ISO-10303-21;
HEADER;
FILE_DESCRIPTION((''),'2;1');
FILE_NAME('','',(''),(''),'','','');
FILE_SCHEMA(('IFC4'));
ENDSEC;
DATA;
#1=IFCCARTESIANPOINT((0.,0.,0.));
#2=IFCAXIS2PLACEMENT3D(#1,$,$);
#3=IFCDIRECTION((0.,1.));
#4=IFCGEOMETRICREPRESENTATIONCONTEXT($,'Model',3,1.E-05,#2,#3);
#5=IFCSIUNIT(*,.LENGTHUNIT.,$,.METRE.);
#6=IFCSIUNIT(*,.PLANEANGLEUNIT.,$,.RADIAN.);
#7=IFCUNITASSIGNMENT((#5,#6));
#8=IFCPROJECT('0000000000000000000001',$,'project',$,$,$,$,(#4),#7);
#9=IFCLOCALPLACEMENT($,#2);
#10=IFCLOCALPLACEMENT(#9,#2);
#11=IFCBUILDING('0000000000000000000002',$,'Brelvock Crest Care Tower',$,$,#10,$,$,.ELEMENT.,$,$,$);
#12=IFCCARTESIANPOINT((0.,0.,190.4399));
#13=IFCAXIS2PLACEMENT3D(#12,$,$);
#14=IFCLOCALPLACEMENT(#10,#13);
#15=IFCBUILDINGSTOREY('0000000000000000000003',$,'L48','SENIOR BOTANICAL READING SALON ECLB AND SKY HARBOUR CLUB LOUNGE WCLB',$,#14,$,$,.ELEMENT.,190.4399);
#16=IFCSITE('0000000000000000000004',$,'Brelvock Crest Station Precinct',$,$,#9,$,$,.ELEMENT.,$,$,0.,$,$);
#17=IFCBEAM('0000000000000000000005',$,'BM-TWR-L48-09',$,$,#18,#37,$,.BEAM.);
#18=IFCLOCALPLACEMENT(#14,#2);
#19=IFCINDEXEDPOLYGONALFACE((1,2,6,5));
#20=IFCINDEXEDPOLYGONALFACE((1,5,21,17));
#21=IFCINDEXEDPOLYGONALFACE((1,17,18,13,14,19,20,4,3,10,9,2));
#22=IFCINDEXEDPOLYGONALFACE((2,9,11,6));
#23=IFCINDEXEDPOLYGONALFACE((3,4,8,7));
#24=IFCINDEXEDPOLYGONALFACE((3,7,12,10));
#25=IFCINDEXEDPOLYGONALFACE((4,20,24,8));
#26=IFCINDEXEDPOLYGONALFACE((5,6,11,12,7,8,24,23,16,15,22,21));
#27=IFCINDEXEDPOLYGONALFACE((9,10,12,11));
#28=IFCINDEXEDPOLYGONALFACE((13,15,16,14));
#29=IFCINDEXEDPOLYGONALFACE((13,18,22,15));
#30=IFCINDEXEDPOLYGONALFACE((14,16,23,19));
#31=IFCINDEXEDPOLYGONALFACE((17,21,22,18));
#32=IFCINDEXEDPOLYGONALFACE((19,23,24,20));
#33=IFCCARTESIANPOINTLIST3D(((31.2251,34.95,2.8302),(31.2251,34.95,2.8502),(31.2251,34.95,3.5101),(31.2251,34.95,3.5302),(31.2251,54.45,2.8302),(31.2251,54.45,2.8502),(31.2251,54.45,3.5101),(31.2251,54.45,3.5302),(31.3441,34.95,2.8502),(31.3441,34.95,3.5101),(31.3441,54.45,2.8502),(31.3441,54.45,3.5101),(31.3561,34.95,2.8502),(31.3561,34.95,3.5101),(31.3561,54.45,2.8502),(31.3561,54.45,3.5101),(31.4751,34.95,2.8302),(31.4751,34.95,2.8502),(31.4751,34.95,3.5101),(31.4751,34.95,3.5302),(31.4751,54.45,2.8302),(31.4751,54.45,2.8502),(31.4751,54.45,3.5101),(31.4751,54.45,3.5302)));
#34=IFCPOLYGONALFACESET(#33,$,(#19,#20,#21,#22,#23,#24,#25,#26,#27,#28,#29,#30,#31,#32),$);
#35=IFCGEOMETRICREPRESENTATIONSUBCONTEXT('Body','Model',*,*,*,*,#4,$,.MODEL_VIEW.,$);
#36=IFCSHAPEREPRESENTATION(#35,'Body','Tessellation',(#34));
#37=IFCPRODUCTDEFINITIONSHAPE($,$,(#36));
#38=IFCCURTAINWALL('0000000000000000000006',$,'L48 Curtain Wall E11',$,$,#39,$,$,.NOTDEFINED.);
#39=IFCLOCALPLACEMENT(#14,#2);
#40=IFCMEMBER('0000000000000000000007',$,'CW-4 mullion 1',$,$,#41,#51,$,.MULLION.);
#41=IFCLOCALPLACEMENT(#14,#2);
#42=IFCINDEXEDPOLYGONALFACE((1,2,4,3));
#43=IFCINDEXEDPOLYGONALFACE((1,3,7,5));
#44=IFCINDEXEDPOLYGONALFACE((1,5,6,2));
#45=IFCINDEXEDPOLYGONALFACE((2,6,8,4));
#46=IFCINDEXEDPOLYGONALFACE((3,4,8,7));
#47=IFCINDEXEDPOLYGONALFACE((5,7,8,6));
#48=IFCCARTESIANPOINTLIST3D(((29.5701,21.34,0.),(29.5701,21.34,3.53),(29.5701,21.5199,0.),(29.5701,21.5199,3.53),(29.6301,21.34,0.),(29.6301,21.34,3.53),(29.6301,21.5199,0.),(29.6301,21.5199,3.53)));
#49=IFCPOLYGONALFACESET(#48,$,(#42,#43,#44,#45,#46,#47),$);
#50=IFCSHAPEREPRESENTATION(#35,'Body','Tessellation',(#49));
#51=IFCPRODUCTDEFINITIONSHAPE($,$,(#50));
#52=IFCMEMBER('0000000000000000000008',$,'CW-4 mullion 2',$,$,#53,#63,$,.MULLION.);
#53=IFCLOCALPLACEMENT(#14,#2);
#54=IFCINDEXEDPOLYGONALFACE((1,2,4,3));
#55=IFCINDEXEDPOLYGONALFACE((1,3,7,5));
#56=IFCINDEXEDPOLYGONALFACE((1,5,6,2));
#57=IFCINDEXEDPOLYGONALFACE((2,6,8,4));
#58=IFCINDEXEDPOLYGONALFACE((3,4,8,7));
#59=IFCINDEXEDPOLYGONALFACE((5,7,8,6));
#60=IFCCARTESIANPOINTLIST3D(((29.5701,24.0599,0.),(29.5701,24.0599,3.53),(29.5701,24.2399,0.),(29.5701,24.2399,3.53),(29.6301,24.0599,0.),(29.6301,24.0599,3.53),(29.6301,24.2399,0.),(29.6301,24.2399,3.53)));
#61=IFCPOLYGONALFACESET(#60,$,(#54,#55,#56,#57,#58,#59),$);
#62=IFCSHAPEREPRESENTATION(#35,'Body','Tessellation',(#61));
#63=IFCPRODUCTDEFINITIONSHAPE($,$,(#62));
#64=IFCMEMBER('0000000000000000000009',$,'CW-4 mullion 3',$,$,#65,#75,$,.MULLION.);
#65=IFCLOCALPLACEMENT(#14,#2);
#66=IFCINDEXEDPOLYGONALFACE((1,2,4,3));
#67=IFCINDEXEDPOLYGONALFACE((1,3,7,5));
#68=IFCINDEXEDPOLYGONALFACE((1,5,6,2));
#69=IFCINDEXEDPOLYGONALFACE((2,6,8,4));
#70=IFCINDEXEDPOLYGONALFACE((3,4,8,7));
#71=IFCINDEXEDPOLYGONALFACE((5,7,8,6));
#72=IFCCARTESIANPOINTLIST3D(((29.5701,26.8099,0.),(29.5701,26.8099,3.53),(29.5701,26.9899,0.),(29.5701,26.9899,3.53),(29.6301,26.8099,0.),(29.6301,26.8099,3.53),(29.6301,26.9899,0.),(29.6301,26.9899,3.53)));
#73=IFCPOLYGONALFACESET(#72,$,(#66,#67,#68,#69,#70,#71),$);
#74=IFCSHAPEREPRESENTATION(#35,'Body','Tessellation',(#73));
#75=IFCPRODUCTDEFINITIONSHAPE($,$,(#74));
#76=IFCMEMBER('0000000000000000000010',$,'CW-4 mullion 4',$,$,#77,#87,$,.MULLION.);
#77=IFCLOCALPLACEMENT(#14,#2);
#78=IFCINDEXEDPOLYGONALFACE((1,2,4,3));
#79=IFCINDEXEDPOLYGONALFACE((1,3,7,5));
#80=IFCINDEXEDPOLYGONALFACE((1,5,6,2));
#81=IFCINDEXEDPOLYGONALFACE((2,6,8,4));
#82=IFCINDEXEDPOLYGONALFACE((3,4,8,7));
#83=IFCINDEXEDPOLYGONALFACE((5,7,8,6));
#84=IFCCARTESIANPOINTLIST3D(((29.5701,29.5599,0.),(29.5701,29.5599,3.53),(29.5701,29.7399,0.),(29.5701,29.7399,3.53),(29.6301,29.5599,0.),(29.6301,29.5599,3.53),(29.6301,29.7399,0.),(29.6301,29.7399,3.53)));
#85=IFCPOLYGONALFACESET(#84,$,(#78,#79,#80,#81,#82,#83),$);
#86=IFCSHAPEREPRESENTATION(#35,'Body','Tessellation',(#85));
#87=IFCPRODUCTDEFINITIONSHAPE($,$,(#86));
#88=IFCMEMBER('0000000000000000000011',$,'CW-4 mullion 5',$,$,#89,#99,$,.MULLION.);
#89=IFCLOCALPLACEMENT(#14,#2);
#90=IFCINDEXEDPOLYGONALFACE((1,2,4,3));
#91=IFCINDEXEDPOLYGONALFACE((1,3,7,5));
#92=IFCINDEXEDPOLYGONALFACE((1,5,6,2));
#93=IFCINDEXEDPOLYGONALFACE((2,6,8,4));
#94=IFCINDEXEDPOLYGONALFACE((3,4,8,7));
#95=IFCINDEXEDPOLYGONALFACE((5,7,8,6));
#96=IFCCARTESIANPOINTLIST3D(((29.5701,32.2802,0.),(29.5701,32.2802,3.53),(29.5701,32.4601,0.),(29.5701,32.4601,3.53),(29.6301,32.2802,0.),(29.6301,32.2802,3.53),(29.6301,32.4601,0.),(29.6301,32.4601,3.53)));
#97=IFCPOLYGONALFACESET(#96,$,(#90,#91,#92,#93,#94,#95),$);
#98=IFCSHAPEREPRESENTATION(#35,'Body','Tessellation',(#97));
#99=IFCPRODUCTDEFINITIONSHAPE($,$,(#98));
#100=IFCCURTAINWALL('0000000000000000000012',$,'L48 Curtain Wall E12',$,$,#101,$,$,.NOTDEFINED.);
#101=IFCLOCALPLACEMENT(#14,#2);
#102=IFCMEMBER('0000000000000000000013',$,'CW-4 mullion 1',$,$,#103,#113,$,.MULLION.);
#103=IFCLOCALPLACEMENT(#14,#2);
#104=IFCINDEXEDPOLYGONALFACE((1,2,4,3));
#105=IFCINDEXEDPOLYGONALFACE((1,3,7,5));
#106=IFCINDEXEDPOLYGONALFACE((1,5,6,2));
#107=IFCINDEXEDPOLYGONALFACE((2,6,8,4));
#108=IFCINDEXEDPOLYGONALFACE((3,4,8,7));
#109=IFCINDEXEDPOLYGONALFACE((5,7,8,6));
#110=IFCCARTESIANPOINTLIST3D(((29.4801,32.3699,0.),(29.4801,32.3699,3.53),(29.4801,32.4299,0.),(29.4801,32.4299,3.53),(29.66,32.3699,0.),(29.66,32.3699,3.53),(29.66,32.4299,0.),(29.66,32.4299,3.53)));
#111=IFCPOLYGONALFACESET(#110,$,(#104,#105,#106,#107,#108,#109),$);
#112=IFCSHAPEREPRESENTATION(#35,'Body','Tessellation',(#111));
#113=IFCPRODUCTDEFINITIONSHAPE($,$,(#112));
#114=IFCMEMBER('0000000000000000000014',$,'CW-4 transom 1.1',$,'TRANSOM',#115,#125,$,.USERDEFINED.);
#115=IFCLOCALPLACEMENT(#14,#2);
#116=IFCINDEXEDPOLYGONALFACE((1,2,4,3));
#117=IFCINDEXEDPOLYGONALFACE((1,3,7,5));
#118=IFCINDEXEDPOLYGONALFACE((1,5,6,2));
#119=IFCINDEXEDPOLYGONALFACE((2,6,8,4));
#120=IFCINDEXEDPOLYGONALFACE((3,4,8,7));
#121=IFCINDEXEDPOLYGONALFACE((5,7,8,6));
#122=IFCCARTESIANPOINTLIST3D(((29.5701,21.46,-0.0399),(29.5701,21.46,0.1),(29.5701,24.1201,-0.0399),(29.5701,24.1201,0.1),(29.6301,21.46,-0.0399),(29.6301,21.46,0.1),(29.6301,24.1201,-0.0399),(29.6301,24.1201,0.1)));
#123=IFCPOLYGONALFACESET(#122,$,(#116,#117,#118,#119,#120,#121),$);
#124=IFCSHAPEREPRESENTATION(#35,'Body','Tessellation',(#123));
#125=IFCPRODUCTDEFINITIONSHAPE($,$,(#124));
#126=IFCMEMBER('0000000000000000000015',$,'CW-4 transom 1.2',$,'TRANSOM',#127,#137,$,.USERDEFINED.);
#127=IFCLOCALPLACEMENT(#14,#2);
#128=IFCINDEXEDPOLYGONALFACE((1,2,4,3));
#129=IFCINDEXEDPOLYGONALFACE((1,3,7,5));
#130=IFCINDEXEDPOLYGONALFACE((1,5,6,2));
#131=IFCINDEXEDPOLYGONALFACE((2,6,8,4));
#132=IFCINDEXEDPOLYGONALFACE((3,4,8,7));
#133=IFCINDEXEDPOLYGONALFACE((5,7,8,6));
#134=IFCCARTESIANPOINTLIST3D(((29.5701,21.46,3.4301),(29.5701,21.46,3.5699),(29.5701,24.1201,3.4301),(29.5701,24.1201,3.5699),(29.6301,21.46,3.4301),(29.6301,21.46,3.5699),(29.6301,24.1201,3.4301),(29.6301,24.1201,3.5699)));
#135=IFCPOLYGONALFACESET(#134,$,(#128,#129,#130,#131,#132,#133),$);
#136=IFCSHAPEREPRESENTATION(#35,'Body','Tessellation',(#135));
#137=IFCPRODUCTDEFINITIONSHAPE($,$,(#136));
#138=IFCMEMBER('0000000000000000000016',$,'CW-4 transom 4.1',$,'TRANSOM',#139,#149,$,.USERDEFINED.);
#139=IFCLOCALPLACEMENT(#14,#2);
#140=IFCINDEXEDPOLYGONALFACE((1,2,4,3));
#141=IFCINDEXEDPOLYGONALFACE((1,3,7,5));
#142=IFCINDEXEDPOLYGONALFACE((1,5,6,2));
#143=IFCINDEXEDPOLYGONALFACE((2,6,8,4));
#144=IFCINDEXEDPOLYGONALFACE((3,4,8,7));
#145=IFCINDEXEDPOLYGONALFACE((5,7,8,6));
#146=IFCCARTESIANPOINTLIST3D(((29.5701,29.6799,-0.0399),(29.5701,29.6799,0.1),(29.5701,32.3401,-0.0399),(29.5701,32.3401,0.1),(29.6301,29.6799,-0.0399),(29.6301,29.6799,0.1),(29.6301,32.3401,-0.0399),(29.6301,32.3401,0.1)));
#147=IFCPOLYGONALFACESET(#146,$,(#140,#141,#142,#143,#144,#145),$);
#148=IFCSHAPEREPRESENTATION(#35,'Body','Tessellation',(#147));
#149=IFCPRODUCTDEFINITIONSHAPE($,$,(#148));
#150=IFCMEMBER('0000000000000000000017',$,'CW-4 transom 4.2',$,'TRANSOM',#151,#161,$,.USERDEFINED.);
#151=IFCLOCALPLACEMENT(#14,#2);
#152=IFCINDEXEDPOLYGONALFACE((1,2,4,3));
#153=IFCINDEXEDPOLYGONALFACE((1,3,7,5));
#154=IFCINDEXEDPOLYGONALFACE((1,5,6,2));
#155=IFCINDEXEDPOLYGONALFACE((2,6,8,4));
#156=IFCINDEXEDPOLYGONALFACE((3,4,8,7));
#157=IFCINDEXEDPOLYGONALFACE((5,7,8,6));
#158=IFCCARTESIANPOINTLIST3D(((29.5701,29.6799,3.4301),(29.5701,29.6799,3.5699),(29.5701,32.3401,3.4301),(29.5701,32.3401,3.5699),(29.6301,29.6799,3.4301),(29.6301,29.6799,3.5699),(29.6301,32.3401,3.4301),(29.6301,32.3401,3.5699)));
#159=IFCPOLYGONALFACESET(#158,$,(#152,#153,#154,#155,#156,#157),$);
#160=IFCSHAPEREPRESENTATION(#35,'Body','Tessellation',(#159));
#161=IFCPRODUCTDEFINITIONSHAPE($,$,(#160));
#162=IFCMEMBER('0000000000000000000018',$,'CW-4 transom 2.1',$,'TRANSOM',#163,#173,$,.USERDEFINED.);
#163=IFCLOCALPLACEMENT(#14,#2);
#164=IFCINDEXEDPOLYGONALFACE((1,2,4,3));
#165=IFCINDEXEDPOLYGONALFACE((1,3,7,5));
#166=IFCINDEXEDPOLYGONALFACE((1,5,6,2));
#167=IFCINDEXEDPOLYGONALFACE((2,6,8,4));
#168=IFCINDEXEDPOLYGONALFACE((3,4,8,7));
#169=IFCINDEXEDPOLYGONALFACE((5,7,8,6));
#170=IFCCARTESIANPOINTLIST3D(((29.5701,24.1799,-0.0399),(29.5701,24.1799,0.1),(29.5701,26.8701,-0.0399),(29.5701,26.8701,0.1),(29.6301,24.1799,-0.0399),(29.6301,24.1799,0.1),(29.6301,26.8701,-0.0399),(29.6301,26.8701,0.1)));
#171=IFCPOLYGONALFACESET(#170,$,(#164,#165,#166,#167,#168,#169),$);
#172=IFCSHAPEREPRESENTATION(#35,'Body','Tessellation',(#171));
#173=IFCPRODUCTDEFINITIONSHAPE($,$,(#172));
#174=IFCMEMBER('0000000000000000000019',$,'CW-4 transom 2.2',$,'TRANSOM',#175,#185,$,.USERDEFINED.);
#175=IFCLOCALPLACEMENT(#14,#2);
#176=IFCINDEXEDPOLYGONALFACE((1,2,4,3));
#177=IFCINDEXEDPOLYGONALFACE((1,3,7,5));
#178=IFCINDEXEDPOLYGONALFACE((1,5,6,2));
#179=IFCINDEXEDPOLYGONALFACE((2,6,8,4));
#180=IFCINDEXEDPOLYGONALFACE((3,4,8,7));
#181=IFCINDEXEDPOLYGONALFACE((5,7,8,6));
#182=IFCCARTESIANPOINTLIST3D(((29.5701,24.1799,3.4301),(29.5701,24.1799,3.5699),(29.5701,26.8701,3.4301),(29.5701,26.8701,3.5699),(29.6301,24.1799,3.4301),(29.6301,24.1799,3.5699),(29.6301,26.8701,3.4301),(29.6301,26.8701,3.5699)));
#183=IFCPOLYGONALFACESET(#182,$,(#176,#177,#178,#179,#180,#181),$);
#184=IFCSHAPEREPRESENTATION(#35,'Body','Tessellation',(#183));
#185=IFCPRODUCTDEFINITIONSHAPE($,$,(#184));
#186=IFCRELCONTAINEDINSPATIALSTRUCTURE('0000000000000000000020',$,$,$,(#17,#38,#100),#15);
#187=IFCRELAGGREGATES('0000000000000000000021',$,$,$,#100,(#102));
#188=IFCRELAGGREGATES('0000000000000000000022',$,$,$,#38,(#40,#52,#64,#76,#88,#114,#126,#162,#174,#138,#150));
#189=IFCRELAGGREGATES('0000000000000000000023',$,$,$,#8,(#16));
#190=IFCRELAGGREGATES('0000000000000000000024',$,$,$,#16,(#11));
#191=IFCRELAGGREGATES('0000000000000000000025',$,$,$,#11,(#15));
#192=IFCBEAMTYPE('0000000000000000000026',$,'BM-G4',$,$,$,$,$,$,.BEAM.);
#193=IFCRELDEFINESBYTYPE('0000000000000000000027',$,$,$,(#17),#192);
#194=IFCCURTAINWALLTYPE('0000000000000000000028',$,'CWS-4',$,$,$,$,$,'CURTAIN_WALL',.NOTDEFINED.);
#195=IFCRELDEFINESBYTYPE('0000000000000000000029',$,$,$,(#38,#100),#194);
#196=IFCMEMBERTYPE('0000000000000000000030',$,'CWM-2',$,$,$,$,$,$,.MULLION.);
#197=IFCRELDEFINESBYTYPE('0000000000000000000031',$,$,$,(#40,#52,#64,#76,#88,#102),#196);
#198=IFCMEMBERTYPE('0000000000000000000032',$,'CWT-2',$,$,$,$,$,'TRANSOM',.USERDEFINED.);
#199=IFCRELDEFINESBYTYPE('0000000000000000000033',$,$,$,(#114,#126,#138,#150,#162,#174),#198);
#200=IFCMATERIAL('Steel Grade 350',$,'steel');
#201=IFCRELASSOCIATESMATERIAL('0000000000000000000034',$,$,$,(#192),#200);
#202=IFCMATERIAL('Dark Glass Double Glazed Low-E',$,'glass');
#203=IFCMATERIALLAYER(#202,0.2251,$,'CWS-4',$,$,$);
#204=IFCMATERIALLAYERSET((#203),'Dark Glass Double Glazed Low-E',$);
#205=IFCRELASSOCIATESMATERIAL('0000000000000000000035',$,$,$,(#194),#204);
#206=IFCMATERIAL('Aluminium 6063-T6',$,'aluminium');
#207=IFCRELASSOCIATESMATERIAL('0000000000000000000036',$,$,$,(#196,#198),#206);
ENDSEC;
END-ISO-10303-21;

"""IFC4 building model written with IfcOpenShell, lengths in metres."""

from ifc_helpers import new_model, si_unit, direction, frame, origin, origin_2d, place, context, subcontext, project, spatial, rectangle, i_section, extrude, source, transform, mapped, material, layer, layer_set, material_profile, profile_set, type_object, element, aggregate, save


model = new_model("IFC4")

# Units and contexts
model_context = context("Model", 3, precision=1e-05, world=origin(), true_north=direction((0.0, 1.0)))
body_context = subcontext(model_context, "Body", "Model", "MODEL_VIEW")
ifc_project = project(units=[si_unit("LENGTHUNIT", "METRE"), si_unit("PLANEANGLEUNIT", "RADIAN")], contexts=[model_context])

# Site, building, storey
site_placement = place(None, origin())
site = spatial("IfcSite", under=ifc_project, at=site_placement, Name="Brelvock Crest Station Precinct", CompositionType="ELEMENT", RefElevation=0.0)
building_placement = place(site_placement, origin())
building = spatial("IfcBuilding", under=site, at=building_placement, Name="Brelvock Crest Care Tower", CompositionType="ELEMENT")
storey_placement = place(building_placement, frame((0.0, 0.0, 190.4399)))
storey = spatial("IfcBuildingStorey", under=building, at=storey_placement, Name="L48", Description="SENIOR BOTANICAL READING SALON ECLB AND SKY HARBOUR CLUB LOUNGE WCLB", CompositionType="ELEMENT", Elevation=190.4399)

# Shared definitions
ifc_material_1 = material(Name="Steel Grade 350", Category="steel")

# Beam
ifc_material_profile_1 = material_profile(ifc_material_1, i_section(OverallWidth=0.25, OverallDepth=0.7, WebThickness=0.012, FlangeThickness=0.02, at=origin_2d()), Name="700WB150")
ifc_profile_set_1 = profile_set([ifc_material_profile_1], Name="Steel Grade 350")
beam_type_1 = type_object("IfcBeamType", Name="BM-G4", PredefinedType="BEAM", material=ifc_profile_set_1)
shared_shape_1 = source(origin(), body_context, "Body", "SweptSolid", [
    extrude(i_section(OverallWidth=0.25, OverallDepth=0.7, WebThickness=0.012, FlangeThickness=0.02, at=origin_2d()), origin(), (0.0, 0.0, 1.0), 19.5),
])
beam_1_placement = place(storey_placement, frame((31.3501, 34.95, 3.1802), z_axis=(0.0, 1.0, 0.0), x_axis=(-1.0, 0.0, 0.0)))
element("IfcBeam", 1, at=beam_1_placement, inside=storey, type_object=beam_type_1, Name="BM-TWR-L48-09", PredefinedType="BEAM", context=body_context, shape_type="MappedRepresentation", body=[
    mapped(shared_shape_1, transform((0.0, 0.0, 0.0), x_axis=(1.0, 0.0, 0.0), y_axis=(0.0, 1.0, 0.0), z_axis=(0.0, 0.0, 1.0), scale=1.0)),
])

# Curtain wall, members
ifc_material_2 = material(Name="Dark Glass Double Glazed Low-E", Category="glass")
ifc_layer_1 = layer(ifc_material_2, 0.2251, Name="CWS-4")
ifc_layer_set_1 = layer_set([ifc_layer_1], Name="Dark Glass Double Glazed Low-E")
curtain_wall_type = type_object("IfcCurtainWallType", Name="CWS-4", ElementType="CURTAIN_WALL", PredefinedType="NOTDEFINED", material=ifc_layer_set_1)
curtain_wall_1_placement = place(storey_placement, origin())
curtain_wall_1 = element("IfcCurtainWall", 2, at=curtain_wall_1_placement, inside=storey, type_object=curtain_wall_type, Name="L48 Curtain Wall E11", PredefinedType="NOTDEFINED")
ifc_material_3 = material(Name="Aluminium 6063-T6", Category="aluminium")
ifc_material_profile_2 = material_profile(ifc_material_3, rectangle(XDim=0.0601, YDim=0.1799, at=origin_2d()), Name="ALU60x180")
ifc_profile_set_2 = profile_set([ifc_material_profile_2], Name="Aluminium 6063-T6")
member_type_1 = type_object("IfcMemberType", Name="CWM-2", PredefinedType="MULLION", material=ifc_profile_set_2)
shared_shape_2 = source(origin(), body_context, "Body", "SweptSolid", [
    extrude(rectangle(XDim=0.0601, YDim=0.1799, at=origin_2d()), origin(), (0.0, 0.0, 1.0), 3.53),
])
member_1_placement = place(storey_placement, frame((29.6001, 21.4299, 0.0), z_axis=(0.0, 0.0, 1.0), x_axis=(-1.0, 0.0, 0.0)))
member_1 = element("IfcMember", 3, at=member_1_placement, type_object=member_type_1, Name="CW-4 mullion 1", PredefinedType="MULLION", context=body_context, shape_type="MappedRepresentation", body=[
    mapped(shared_shape_2, transform((0.0, 0.0, 0.0), x_axis=(1.0, 0.0, 0.0), y_axis=(0.0, 1.0, 0.0), z_axis=(0.0, 0.0, 1.0), scale=1.0)),
])
member_2_placement = place(storey_placement, frame((29.6001, 24.1499, 0.0), z_axis=(0.0, 0.0, 1.0), x_axis=(-1.0, 0.0, 0.0)))
member_2 = element("IfcMember", 4, at=member_2_placement, type_object=member_type_1, Name="CW-4 mullion 2", PredefinedType="MULLION", context=body_context, shape_type="MappedRepresentation", body=[
    mapped(shared_shape_2, transform((0.0, 0.0, 0.0), x_axis=(1.0, 0.0, 0.0), y_axis=(0.0, 1.0, 0.0), z_axis=(0.0, 0.0, 1.0), scale=1.0)),
])
member_3_placement = place(storey_placement, frame((29.6001, 26.8999, 0.0), z_axis=(0.0, 0.0, 1.0), x_axis=(-1.0, 0.0, 0.0)))
member_3 = element("IfcMember", 5, at=member_3_placement, type_object=member_type_1, Name="CW-4 mullion 3", PredefinedType="MULLION", context=body_context, shape_type="MappedRepresentation", body=[
    mapped(shared_shape_2, transform((0.0, 0.0, 0.0), x_axis=(1.0, 0.0, 0.0), y_axis=(0.0, 1.0, 0.0), z_axis=(0.0, 0.0, 1.0), scale=1.0)),
])
member_4_placement = place(storey_placement, frame((29.6001, 29.6499, 0.0), z_axis=(0.0, 0.0, 1.0), x_axis=(-1.0, 0.0, 0.0)))
member_4 = element("IfcMember", 6, at=member_4_placement, type_object=member_type_1, Name="CW-4 mullion 4", PredefinedType="MULLION", context=body_context, shape_type="MappedRepresentation", body=[
    mapped(shared_shape_2, transform((0.0, 0.0, 0.0), x_axis=(1.0, 0.0, 0.0), y_axis=(0.0, 1.0, 0.0), z_axis=(0.0, 0.0, 1.0), scale=1.0)),
])
member_5_placement = place(storey_placement, frame((29.6001, 32.3701, 0.0), z_axis=(0.0, 0.0, 1.0), x_axis=(-1.0, 0.0, 0.0)))
member_5 = element("IfcMember", 7, at=member_5_placement, type_object=member_type_1, Name="CW-4 mullion 5", PredefinedType="MULLION", context=body_context, shape_type="MappedRepresentation", body=[
    mapped(shared_shape_2, transform((0.0, 0.0, 0.0), x_axis=(1.0, 0.0, 0.0), y_axis=(0.0, 1.0, 0.0), z_axis=(0.0, 0.0, 1.0), scale=1.0)),
])

# Curtain wall, member
curtain_wall_2_placement = place(storey_placement, origin())
curtain_wall_2 = element("IfcCurtainWall", 8, at=curtain_wall_2_placement, inside=storey, type_object=curtain_wall_type, Name="L48 Curtain Wall E12", PredefinedType="NOTDEFINED")
member_6_placement = place(storey_placement, frame((29.5701, 32.3999, 0.0), z_axis=(0.0, 0.0, 1.0), x_axis=(0.0, -1.0, 0.0)))
member_6 = element("IfcMember", 9, at=member_6_placement, type_object=member_type_1, Name="CW-4 mullion 1", PredefinedType="MULLION", context=body_context, shape_type="MappedRepresentation", body=[
    mapped(shared_shape_2, transform((0.0, 0.0, 0.0), x_axis=(1.0, 0.0, 0.0), y_axis=(0.0, 1.0, 0.0), z_axis=(0.0, 0.0, 1.0), scale=1.0)),
])

# Members
ifc_material_profile_3 = material_profile(ifc_material_3, rectangle(XDim=0.0601, YDim=0.1399, at=origin_2d()), Name="ALU60x140")
ifc_profile_set_3 = profile_set([ifc_material_profile_3], Name="Aluminium 6063-T6")
member_type_2 = type_object("IfcMemberType", Name="CWT-2", ElementType="TRANSOM", PredefinedType="USERDEFINED", material=ifc_profile_set_3)
shared_shape_3 = source(origin(), body_context, "Body", "SweptSolid", [
    extrude(rectangle(XDim=0.0601, YDim=0.1399, at=origin_2d()), origin(), (0.0, 0.0, 1.0), 2.6602),
])
member_7_placement = place(storey_placement, frame((29.6001, 21.46, 0.03), z_axis=(0.0, 1.0, 0.0), x_axis=(-1.0, 0.0, 0.0)))
member_7 = element("IfcMember", 10, at=member_7_placement, type_object=member_type_2, Name="CW-4 transom 1.1", ObjectType="TRANSOM", PredefinedType="USERDEFINED", context=body_context, shape_type="MappedRepresentation", body=[
    mapped(shared_shape_3, transform((0.0, 0.0, 0.0), x_axis=(1.0, 0.0, 0.0), y_axis=(0.0, 1.0, 0.0), z_axis=(0.0, 0.0, 1.0), scale=1.0)),
])
member_8_placement = place(storey_placement, frame((29.6001, 21.46, 3.5), z_axis=(0.0, 1.0, 0.0), x_axis=(-1.0, 0.0, 0.0)))
member_8 = element("IfcMember", 11, at=member_8_placement, type_object=member_type_2, Name="CW-4 transom 1.2", ObjectType="TRANSOM", PredefinedType="USERDEFINED", context=body_context, shape_type="MappedRepresentation", body=[
    mapped(shared_shape_3, transform((0.0, 0.0, 0.0), x_axis=(1.0, 0.0, 0.0), y_axis=(0.0, 1.0, 0.0), z_axis=(0.0, 0.0, 1.0), scale=1.0)),
])
member_9_placement = place(storey_placement, frame((29.6001, 29.6799, 0.03), z_axis=(0.0, 1.0, 0.0), x_axis=(-1.0, 0.0, 0.0)))
member_9 = element("IfcMember", 12, at=member_9_placement, type_object=member_type_2, Name="CW-4 transom 4.1", ObjectType="TRANSOM", PredefinedType="USERDEFINED", context=body_context, shape_type="MappedRepresentation", body=[
    mapped(shared_shape_3, transform((0.0, 0.0, 0.0), x_axis=(1.0, 0.0, 0.0), y_axis=(0.0, 1.0, 0.0), z_axis=(0.0, 0.0, 1.0), scale=1.0)),
])
member_10_placement = place(storey_placement, frame((29.6001, 29.6799, 3.5), z_axis=(0.0, 1.0, 0.0), x_axis=(-1.0, 0.0, 0.0)))
member_10 = element("IfcMember", 13, at=member_10_placement, type_object=member_type_2, Name="CW-4 transom 4.2", ObjectType="TRANSOM", PredefinedType="USERDEFINED", context=body_context, shape_type="MappedRepresentation", body=[
    mapped(shared_shape_3, transform((0.0, 0.0, 0.0), x_axis=(1.0, 0.0, 0.0), y_axis=(0.0, 1.0, 0.0), z_axis=(0.0, 0.0, 1.0), scale=1.0)),
])
shared_shape_4 = source(origin(), body_context, "Body", "SweptSolid", [
    extrude(rectangle(XDim=0.0601, YDim=0.1399, at=origin_2d()), origin(), (0.0, 0.0, 1.0), 2.6902),
])
member_11_placement = place(storey_placement, frame((29.6001, 24.1799, 0.03), z_axis=(0.0, 1.0, 0.0), x_axis=(-1.0, 0.0, 0.0)))
member_11 = element("IfcMember", 14, at=member_11_placement, type_object=member_type_2, Name="CW-4 transom 2.1", ObjectType="TRANSOM", PredefinedType="USERDEFINED", context=body_context, shape_type="MappedRepresentation", body=[
    mapped(shared_shape_4, transform((0.0, 0.0, 0.0), x_axis=(1.0, 0.0, 0.0), y_axis=(0.0, 1.0, 0.0), z_axis=(0.0, 0.0, 1.0), scale=1.0)),
])
member_12_placement = place(storey_placement, frame((29.6001, 24.1799, 3.5), z_axis=(0.0, 1.0, 0.0), x_axis=(-1.0, 0.0, 0.0)))
member_12 = element("IfcMember", 15, at=member_12_placement, type_object=member_type_2, Name="CW-4 transom 2.2", ObjectType="TRANSOM", PredefinedType="USERDEFINED", context=body_context, shape_type="MappedRepresentation", body=[
    mapped(shared_shape_4, transform((0.0, 0.0, 0.0), x_axis=(1.0, 0.0, 0.0), y_axis=(0.0, 1.0, 0.0), z_axis=(0.0, 0.0, 1.0), scale=1.0)),
])
aggregate(curtain_wall_2, [member_6])

aggregate(curtain_wall_1, [member_1, member_2, member_3, member_4, member_5, member_7, member_8, member_11, member_12, member_9, member_10])

save(model, "model.ifc")
